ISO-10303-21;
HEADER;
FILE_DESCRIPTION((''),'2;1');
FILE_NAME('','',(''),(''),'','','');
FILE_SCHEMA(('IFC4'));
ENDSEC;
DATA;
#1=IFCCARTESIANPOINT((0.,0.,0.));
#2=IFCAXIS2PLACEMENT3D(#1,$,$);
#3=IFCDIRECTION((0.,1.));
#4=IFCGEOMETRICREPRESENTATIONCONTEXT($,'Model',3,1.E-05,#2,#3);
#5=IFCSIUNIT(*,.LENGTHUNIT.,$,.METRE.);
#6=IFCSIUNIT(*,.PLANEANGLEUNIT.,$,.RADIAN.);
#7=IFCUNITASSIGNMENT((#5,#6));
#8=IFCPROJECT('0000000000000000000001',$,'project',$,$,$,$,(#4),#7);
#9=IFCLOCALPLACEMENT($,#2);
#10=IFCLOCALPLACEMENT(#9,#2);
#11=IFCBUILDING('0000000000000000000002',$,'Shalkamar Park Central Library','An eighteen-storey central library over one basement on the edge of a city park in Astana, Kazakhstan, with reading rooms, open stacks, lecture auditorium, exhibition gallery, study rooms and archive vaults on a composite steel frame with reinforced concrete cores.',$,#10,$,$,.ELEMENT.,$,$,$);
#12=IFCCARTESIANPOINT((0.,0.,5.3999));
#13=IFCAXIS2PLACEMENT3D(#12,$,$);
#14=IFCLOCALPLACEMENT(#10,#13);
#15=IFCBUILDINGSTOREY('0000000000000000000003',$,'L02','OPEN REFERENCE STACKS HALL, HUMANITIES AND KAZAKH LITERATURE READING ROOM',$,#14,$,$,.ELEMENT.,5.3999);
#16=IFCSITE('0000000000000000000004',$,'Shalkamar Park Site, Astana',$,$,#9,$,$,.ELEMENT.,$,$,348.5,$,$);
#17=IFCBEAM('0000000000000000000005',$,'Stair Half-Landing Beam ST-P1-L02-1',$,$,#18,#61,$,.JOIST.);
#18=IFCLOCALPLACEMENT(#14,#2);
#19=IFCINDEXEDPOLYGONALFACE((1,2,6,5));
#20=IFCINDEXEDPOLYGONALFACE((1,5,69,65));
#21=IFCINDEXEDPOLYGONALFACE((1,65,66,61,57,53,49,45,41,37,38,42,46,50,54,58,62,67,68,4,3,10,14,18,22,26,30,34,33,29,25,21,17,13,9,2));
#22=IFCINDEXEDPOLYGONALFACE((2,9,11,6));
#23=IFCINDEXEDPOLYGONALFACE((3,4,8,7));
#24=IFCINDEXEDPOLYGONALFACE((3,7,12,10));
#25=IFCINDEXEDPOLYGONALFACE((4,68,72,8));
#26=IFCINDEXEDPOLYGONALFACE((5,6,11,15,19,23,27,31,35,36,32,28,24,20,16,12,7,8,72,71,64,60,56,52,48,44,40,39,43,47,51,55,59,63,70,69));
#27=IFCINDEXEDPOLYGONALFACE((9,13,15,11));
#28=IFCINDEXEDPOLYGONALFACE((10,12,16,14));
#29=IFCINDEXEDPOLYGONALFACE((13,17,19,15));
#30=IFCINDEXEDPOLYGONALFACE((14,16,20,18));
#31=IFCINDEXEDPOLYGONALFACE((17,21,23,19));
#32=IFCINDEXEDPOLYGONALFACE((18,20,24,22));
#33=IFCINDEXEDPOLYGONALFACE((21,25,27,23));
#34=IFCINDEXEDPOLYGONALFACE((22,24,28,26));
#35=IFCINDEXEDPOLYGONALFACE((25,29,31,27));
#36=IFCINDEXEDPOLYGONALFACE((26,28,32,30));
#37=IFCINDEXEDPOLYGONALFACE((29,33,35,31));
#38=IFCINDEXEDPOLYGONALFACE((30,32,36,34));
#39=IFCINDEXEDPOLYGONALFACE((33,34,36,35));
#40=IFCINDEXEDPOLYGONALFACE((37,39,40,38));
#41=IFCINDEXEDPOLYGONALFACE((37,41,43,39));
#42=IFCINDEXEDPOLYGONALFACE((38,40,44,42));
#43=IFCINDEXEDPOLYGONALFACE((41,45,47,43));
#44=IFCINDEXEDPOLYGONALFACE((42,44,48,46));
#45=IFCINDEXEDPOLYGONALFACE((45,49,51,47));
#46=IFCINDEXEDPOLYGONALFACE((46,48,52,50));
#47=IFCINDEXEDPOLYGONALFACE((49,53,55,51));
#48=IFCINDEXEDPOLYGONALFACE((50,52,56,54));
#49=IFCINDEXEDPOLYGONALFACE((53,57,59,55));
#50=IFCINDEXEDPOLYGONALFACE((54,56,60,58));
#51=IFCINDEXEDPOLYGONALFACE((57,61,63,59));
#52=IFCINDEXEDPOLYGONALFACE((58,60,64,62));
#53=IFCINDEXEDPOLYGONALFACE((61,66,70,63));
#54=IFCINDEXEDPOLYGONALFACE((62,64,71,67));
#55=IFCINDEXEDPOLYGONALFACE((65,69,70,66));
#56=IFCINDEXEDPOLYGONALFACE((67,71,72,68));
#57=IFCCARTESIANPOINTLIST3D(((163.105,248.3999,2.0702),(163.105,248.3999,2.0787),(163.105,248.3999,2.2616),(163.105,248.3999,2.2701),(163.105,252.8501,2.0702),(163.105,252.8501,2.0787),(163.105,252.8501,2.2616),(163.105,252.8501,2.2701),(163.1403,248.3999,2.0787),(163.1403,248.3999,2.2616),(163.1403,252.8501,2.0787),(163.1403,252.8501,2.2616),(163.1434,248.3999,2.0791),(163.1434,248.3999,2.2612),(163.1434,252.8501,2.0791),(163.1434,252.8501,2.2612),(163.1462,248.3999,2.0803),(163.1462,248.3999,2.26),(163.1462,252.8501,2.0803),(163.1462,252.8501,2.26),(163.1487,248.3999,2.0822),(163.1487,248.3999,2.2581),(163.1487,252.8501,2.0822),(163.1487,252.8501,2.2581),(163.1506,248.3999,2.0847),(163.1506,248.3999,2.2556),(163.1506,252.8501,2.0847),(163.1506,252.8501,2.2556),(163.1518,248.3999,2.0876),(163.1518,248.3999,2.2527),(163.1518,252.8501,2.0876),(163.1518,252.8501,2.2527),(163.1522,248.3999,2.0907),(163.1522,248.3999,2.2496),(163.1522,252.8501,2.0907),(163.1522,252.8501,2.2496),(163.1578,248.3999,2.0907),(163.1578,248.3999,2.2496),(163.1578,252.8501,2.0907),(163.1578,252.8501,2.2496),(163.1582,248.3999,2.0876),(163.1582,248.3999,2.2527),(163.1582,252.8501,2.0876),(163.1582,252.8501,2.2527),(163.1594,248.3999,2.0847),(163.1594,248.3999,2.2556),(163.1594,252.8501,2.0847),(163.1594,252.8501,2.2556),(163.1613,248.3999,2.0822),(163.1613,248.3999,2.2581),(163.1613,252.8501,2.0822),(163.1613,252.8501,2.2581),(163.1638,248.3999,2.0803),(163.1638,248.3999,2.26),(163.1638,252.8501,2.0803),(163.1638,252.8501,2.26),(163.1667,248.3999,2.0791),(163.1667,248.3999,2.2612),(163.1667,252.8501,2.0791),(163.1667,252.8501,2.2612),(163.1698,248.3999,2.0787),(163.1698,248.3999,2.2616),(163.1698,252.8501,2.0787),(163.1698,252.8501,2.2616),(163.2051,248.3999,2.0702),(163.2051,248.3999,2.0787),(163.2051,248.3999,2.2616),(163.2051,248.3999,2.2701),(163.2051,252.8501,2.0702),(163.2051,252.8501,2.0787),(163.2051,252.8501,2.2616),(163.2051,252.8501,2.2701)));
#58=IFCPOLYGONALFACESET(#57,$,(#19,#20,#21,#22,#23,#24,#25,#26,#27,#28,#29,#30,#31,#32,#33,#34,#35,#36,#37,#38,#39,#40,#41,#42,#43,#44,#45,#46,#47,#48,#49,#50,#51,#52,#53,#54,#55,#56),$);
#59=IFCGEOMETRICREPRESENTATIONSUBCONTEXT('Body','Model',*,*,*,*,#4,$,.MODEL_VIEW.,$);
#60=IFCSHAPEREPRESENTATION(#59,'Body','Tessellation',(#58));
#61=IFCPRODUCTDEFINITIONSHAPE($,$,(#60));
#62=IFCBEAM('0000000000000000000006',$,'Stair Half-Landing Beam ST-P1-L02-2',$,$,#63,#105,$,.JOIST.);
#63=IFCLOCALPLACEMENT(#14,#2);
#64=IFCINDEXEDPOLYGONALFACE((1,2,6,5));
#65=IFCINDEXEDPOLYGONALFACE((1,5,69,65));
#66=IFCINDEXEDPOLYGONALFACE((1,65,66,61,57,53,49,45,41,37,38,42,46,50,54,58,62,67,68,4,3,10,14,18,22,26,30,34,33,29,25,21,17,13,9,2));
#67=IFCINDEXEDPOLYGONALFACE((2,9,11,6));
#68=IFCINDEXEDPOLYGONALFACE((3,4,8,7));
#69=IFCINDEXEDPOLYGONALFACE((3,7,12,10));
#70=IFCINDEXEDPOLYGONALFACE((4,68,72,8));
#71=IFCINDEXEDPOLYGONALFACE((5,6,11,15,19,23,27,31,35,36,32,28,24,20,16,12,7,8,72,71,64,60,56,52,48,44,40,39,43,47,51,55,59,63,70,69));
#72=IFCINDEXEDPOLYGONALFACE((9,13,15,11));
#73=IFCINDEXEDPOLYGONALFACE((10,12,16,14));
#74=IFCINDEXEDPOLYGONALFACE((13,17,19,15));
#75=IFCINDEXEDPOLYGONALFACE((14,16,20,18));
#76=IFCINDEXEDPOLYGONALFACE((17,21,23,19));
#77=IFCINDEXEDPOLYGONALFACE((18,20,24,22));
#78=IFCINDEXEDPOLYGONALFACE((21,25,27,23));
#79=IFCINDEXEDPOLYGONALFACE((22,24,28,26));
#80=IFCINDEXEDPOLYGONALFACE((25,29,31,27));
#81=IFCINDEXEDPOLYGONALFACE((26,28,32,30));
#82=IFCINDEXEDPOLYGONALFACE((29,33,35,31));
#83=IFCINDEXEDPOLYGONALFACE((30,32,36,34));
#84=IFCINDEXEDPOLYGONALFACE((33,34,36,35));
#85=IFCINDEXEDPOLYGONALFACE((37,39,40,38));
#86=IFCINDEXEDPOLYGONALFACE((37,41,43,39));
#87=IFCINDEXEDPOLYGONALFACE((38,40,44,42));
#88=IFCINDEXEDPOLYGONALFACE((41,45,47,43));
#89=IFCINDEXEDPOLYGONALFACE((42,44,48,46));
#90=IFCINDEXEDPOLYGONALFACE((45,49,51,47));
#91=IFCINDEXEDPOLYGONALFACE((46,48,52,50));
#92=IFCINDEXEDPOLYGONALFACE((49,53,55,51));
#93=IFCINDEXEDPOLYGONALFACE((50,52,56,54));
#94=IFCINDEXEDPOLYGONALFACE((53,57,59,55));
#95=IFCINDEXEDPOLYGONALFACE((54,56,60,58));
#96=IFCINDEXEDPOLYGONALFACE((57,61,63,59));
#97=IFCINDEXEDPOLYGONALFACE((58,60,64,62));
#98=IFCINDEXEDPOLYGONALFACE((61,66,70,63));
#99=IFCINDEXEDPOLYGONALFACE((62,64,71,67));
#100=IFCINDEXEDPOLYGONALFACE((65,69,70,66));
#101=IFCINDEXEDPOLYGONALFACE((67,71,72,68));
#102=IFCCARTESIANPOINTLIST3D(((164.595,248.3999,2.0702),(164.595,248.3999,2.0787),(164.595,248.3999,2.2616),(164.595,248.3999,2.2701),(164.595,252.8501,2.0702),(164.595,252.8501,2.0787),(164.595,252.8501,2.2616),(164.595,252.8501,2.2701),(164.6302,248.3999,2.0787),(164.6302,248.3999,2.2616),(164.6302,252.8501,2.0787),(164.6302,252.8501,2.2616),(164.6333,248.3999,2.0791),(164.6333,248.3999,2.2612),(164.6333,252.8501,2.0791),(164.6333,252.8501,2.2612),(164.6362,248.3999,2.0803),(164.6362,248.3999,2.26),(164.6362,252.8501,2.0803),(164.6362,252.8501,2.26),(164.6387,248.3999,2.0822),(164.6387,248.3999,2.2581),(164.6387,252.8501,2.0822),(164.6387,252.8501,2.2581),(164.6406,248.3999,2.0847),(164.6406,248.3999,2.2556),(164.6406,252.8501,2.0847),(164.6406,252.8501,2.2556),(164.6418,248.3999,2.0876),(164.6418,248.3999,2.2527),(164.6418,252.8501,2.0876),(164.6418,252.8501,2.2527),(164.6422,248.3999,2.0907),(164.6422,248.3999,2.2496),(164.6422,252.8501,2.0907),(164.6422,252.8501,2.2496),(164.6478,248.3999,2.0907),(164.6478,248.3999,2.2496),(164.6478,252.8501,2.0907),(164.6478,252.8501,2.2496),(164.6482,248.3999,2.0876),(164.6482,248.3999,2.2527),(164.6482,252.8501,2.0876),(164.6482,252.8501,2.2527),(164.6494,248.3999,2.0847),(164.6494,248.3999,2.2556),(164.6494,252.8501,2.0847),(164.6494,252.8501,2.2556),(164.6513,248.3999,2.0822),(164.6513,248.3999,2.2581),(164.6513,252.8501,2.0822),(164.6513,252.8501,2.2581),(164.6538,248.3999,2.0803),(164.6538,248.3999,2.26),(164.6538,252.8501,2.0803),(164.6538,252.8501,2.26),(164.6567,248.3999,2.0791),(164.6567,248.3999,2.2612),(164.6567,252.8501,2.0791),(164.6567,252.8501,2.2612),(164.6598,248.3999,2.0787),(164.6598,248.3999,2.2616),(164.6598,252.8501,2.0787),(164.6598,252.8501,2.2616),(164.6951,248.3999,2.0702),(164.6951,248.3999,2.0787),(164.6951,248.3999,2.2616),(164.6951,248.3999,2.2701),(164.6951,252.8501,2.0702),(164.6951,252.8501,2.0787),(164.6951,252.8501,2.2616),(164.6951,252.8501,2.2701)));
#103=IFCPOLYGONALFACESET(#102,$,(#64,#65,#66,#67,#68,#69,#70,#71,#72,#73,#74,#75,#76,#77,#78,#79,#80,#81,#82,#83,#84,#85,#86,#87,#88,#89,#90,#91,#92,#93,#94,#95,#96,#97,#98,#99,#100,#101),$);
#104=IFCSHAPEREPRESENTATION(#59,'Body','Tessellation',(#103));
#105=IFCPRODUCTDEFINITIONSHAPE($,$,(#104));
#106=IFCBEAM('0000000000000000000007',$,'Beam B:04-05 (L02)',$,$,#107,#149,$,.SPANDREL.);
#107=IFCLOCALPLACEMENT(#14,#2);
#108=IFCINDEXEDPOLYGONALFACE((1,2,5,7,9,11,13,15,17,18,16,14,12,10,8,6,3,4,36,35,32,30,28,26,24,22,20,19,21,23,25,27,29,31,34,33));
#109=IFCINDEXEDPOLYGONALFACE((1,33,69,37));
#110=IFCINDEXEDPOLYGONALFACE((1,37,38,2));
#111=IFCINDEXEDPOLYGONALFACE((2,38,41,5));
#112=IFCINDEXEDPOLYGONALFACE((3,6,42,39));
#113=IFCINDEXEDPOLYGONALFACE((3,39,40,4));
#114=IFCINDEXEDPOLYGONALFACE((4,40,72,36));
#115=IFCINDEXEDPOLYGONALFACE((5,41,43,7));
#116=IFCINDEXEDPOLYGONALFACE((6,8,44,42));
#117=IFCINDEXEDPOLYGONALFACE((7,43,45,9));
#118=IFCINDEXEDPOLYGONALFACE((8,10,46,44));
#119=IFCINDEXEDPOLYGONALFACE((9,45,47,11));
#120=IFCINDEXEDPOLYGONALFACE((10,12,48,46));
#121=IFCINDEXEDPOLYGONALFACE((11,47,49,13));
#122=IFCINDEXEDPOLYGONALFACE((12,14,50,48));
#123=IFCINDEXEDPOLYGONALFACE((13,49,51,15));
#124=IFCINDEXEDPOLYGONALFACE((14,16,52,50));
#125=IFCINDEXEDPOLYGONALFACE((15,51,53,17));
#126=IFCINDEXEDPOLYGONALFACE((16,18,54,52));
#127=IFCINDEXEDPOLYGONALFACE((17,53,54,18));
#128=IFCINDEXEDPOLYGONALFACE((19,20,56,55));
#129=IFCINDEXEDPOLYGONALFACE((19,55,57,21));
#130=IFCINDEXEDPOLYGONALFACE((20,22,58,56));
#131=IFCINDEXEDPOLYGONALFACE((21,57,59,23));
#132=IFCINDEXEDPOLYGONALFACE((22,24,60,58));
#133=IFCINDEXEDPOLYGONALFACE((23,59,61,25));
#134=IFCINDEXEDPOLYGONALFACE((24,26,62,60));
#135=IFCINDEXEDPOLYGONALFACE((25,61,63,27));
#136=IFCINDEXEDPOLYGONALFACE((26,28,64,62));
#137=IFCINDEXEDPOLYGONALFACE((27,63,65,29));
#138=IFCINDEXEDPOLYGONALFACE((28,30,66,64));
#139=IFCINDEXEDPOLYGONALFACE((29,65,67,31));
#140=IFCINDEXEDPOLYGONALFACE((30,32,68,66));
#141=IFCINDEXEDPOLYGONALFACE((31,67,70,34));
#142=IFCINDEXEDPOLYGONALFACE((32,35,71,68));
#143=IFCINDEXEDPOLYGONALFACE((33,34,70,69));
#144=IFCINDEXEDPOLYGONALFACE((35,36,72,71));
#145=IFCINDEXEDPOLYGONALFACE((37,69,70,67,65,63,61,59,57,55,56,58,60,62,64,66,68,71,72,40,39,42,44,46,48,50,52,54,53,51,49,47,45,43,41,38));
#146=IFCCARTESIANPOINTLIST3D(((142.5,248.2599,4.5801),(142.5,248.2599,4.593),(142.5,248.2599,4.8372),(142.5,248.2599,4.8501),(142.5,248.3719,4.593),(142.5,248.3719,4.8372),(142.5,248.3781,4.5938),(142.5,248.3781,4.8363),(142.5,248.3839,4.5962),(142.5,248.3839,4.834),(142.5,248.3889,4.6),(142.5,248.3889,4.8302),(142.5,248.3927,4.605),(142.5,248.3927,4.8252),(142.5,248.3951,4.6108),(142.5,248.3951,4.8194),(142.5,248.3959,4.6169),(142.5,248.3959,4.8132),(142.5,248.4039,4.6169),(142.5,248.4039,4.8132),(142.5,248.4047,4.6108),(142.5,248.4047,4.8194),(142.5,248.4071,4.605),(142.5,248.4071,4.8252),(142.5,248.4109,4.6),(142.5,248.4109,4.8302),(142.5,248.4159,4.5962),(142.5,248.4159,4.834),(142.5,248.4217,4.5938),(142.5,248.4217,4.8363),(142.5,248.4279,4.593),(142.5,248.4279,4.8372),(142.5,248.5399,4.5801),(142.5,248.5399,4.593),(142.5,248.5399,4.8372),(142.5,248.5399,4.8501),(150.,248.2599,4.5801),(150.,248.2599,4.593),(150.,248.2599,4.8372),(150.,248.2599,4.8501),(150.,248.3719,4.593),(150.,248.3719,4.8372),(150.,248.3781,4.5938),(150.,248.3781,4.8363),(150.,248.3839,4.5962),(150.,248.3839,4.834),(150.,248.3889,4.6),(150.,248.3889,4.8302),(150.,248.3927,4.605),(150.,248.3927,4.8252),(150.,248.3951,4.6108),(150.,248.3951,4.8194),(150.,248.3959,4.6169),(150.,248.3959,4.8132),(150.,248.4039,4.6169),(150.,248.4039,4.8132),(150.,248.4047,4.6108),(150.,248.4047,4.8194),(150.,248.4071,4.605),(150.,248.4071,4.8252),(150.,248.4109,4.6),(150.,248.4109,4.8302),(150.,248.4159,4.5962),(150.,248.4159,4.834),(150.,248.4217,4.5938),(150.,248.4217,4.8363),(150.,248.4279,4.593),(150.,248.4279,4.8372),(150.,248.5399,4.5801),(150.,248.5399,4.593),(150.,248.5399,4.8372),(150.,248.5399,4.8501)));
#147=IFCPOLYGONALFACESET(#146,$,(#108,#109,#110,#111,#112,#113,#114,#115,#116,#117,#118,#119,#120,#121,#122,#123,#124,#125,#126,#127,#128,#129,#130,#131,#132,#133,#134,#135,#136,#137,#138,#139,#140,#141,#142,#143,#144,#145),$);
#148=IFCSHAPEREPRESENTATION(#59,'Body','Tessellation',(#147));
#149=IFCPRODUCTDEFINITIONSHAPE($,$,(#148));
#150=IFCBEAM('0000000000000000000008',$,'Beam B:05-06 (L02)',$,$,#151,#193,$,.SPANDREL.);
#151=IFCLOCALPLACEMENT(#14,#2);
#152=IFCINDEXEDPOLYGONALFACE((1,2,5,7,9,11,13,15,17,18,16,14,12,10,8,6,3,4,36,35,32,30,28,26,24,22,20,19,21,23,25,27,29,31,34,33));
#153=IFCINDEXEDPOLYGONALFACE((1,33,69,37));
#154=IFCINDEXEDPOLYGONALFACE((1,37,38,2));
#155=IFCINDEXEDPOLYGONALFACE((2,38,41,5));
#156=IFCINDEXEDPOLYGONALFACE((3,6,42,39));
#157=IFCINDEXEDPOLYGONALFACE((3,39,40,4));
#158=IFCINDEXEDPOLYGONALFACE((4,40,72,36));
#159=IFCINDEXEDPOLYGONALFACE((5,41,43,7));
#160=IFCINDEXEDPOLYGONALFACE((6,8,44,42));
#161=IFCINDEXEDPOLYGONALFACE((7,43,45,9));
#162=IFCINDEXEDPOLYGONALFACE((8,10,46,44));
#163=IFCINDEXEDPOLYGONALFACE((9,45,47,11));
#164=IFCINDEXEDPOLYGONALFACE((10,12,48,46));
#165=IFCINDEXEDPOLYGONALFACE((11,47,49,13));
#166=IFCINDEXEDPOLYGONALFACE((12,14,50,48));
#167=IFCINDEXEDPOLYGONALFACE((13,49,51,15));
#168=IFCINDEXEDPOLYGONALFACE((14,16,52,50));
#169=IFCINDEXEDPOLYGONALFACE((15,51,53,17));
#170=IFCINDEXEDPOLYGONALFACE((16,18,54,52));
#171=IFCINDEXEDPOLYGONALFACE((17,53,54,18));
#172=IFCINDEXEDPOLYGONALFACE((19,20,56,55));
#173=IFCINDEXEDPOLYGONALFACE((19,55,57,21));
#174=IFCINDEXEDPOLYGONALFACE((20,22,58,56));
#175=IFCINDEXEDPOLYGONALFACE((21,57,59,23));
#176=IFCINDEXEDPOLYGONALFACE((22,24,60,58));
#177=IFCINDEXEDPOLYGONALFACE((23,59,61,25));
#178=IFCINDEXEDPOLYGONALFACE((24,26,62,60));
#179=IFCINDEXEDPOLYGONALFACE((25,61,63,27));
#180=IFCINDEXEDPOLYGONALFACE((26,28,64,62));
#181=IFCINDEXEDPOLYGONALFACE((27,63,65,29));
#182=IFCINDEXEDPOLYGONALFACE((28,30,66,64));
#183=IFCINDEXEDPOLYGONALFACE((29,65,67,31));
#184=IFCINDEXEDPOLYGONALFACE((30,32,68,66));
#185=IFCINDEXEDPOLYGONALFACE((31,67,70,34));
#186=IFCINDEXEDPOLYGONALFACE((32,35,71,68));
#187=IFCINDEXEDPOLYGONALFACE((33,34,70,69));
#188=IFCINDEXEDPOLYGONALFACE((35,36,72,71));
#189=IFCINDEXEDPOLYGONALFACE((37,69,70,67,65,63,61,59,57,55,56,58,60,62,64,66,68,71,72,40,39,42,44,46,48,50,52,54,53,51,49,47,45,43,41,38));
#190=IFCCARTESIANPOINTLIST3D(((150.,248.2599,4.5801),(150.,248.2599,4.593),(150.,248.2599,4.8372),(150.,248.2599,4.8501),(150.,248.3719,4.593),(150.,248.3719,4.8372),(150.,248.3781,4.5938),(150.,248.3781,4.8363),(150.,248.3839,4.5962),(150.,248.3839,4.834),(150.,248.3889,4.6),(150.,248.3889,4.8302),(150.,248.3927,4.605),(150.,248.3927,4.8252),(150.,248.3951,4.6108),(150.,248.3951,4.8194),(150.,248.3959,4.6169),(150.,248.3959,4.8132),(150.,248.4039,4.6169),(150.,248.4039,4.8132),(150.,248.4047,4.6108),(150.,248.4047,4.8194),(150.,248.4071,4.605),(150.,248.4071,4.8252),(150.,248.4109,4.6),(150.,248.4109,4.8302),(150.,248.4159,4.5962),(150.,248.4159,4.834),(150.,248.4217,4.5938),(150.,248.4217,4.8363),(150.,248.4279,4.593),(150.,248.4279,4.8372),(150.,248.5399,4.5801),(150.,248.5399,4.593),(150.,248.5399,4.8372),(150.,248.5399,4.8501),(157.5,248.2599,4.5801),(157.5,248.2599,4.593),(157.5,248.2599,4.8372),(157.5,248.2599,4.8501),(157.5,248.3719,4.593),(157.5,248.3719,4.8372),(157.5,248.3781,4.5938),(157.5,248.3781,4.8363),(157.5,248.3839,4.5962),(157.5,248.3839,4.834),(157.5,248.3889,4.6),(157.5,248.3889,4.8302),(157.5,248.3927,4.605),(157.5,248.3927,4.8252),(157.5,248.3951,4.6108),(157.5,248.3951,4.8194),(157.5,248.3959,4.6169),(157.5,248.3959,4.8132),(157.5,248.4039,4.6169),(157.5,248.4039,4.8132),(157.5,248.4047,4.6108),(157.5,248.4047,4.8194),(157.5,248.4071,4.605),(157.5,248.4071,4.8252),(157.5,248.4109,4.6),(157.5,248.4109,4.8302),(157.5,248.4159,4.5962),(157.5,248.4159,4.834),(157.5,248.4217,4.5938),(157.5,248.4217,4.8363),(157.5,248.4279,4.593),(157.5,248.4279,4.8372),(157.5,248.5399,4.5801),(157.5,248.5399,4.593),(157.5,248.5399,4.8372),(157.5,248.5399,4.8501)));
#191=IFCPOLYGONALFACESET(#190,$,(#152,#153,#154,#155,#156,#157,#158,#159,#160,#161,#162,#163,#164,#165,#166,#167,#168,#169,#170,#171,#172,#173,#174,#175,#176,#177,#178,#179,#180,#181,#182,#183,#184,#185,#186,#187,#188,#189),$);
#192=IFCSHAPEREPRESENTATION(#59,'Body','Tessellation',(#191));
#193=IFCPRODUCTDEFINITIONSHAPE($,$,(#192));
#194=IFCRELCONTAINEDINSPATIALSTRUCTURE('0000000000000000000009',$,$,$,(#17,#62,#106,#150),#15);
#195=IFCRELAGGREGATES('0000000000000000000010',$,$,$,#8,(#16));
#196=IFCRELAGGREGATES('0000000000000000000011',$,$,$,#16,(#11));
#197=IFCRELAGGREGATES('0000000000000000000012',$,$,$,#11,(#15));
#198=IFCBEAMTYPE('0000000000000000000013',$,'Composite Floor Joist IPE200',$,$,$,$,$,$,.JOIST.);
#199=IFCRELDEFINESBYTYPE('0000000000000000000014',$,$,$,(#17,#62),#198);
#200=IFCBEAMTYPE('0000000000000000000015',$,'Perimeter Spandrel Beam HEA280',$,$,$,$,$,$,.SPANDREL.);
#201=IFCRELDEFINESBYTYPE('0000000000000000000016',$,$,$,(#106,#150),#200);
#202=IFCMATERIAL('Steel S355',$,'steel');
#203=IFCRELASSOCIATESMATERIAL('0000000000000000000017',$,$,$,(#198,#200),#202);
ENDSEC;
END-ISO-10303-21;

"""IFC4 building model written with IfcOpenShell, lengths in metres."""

from ifc_helpers import new_model, si_unit, direction, frame, origin, origin_2d, place, context, subcontext, project, spatial, i_section, extrude, material, material_profile, profile_set, type_object, element, save


model = new_model("IFC4")

# Units and contexts
model_context = context("Model", 3, precision=1e-05, world=origin(), true_north=direction((0.0, 1.0)))
body_context = subcontext(model_context, "Body", "Model", "MODEL_VIEW")
ifc_project = project(units=[si_unit("LENGTHUNIT", "METRE"), si_unit("PLANEANGLEUNIT", "RADIAN")], contexts=[model_context])

# Site, building, storey
site_placement = place(None, origin())
site = spatial("IfcSite", under=ifc_project, at=site_placement, Name="Shalkamar Park Site, Astana", CompositionType="ELEMENT", RefElevation=348.5)
building_placement = place(site_placement, origin())
building = spatial("IfcBuilding", under=site, at=building_placement, Name="Shalkamar Park Central Library", Description="An eighteen-storey central library over one basement on the edge of a city park in Astana, Kazakhstan, with reading rooms, open stacks, lecture auditorium, exhibition gallery, study rooms and archive vaults on a composite steel frame with reinforced concrete cores.", CompositionType="ELEMENT")
storey_placement = place(building_placement, frame((0.0, 0.0, 5.3999)))
storey = spatial("IfcBuildingStorey", under=building, at=storey_placement, Name="L02", Description="OPEN REFERENCE STACKS HALL, HUMANITIES AND KAZAKH LITERATURE READING ROOM", CompositionType="ELEMENT", Elevation=5.3999)

# Shared definitions
ifc_material_1 = material(Name="Steel S355", Category="steel")

# Beams
ifc_material_profile_1 = material_profile(ifc_material_1, i_section(OverallWidth=0.1001, OverallDepth=0.2, WebThickness=0.0056, FlangeThickness=0.0085, FilletRadius=0.012, at=origin_2d()), Name="IPE 200")
ifc_profile_set_1 = profile_set([ifc_material_profile_1], Name="Steel S355")
beam_type_1 = type_object("IfcBeamType", Name="Composite Floor Joist IPE200", PredefinedType="JOIST", material=ifc_profile_set_1)
for number, where, z_axis, x_axis, name in (
    (1, (163.155, 248.3999, 2.1702), (0.0, 1.0, 0.0), (-1.0, 0.0, 0.0), "Stair Half-Landing Beam ST-P1-L02-1"),
    (2, (164.645, 248.3999, 2.1702), (0.0, 1.0, 0.0), (-1.0, 0.0, 0.0), "Stair Half-Landing Beam ST-P1-L02-2"),
):
    element("IfcBeam", number, at=place(storey_placement, frame(where, z_axis=z_axis, x_axis=x_axis)), inside=storey, type_object=beam_type_1, Name=name, PredefinedType="JOIST", context=body_context, shape_type="SweptSolid", body=[
        extrude(i_section(OverallWidth=0.1001, OverallDepth=0.2, WebThickness=0.0056, FlangeThickness=0.0085, FilletRadius=0.012, at=origin_2d()), origin(), (0.0, 0.0, 1.0), 4.4502),
    ])
ifc_material_profile_2 = material_profile(ifc_material_1, i_section(OverallWidth=0.28, OverallDepth=0.27, WebThickness=0.0081, FlangeThickness=0.0129, FilletRadius=0.0239, at=origin_2d()), Name="HEA 280")
ifc_profile_set_2 = profile_set([ifc_material_profile_2], Name="Steel S355")
beam_type_2 = type_object("IfcBeamType", Name="Perimeter Spandrel Beam HEA280", PredefinedType="SPANDREL", material=ifc_profile_set_2)
for number, where, z_axis, x_axis, name in (
    (3, (142.5, 248.3999, 4.7151), (1.0, 0.0, 0.0), (0.0, 1.0, 0.0), "Beam B:04-05 (L02)"),
    (4, (150.0, 248.3999, 4.7151), (1.0, 0.0, 0.0), (0.0, 1.0, 0.0), "Beam B:05-06 (L02)"),
):
    element("IfcBeam", number, at=place(storey_placement, frame(where, z_axis=z_axis, x_axis=x_axis)), inside=storey, type_object=beam_type_2, Name=name, PredefinedType="SPANDREL", context=body_context, shape_type="SweptSolid", body=[
        extrude(i_section(OverallWidth=0.28, OverallDepth=0.27, WebThickness=0.0081, FlangeThickness=0.0129, FilletRadius=0.0239, at=origin_2d()), origin(), (0.0, 0.0, 1.0), 7.5),
    ])

save(model, "model.ifc")
